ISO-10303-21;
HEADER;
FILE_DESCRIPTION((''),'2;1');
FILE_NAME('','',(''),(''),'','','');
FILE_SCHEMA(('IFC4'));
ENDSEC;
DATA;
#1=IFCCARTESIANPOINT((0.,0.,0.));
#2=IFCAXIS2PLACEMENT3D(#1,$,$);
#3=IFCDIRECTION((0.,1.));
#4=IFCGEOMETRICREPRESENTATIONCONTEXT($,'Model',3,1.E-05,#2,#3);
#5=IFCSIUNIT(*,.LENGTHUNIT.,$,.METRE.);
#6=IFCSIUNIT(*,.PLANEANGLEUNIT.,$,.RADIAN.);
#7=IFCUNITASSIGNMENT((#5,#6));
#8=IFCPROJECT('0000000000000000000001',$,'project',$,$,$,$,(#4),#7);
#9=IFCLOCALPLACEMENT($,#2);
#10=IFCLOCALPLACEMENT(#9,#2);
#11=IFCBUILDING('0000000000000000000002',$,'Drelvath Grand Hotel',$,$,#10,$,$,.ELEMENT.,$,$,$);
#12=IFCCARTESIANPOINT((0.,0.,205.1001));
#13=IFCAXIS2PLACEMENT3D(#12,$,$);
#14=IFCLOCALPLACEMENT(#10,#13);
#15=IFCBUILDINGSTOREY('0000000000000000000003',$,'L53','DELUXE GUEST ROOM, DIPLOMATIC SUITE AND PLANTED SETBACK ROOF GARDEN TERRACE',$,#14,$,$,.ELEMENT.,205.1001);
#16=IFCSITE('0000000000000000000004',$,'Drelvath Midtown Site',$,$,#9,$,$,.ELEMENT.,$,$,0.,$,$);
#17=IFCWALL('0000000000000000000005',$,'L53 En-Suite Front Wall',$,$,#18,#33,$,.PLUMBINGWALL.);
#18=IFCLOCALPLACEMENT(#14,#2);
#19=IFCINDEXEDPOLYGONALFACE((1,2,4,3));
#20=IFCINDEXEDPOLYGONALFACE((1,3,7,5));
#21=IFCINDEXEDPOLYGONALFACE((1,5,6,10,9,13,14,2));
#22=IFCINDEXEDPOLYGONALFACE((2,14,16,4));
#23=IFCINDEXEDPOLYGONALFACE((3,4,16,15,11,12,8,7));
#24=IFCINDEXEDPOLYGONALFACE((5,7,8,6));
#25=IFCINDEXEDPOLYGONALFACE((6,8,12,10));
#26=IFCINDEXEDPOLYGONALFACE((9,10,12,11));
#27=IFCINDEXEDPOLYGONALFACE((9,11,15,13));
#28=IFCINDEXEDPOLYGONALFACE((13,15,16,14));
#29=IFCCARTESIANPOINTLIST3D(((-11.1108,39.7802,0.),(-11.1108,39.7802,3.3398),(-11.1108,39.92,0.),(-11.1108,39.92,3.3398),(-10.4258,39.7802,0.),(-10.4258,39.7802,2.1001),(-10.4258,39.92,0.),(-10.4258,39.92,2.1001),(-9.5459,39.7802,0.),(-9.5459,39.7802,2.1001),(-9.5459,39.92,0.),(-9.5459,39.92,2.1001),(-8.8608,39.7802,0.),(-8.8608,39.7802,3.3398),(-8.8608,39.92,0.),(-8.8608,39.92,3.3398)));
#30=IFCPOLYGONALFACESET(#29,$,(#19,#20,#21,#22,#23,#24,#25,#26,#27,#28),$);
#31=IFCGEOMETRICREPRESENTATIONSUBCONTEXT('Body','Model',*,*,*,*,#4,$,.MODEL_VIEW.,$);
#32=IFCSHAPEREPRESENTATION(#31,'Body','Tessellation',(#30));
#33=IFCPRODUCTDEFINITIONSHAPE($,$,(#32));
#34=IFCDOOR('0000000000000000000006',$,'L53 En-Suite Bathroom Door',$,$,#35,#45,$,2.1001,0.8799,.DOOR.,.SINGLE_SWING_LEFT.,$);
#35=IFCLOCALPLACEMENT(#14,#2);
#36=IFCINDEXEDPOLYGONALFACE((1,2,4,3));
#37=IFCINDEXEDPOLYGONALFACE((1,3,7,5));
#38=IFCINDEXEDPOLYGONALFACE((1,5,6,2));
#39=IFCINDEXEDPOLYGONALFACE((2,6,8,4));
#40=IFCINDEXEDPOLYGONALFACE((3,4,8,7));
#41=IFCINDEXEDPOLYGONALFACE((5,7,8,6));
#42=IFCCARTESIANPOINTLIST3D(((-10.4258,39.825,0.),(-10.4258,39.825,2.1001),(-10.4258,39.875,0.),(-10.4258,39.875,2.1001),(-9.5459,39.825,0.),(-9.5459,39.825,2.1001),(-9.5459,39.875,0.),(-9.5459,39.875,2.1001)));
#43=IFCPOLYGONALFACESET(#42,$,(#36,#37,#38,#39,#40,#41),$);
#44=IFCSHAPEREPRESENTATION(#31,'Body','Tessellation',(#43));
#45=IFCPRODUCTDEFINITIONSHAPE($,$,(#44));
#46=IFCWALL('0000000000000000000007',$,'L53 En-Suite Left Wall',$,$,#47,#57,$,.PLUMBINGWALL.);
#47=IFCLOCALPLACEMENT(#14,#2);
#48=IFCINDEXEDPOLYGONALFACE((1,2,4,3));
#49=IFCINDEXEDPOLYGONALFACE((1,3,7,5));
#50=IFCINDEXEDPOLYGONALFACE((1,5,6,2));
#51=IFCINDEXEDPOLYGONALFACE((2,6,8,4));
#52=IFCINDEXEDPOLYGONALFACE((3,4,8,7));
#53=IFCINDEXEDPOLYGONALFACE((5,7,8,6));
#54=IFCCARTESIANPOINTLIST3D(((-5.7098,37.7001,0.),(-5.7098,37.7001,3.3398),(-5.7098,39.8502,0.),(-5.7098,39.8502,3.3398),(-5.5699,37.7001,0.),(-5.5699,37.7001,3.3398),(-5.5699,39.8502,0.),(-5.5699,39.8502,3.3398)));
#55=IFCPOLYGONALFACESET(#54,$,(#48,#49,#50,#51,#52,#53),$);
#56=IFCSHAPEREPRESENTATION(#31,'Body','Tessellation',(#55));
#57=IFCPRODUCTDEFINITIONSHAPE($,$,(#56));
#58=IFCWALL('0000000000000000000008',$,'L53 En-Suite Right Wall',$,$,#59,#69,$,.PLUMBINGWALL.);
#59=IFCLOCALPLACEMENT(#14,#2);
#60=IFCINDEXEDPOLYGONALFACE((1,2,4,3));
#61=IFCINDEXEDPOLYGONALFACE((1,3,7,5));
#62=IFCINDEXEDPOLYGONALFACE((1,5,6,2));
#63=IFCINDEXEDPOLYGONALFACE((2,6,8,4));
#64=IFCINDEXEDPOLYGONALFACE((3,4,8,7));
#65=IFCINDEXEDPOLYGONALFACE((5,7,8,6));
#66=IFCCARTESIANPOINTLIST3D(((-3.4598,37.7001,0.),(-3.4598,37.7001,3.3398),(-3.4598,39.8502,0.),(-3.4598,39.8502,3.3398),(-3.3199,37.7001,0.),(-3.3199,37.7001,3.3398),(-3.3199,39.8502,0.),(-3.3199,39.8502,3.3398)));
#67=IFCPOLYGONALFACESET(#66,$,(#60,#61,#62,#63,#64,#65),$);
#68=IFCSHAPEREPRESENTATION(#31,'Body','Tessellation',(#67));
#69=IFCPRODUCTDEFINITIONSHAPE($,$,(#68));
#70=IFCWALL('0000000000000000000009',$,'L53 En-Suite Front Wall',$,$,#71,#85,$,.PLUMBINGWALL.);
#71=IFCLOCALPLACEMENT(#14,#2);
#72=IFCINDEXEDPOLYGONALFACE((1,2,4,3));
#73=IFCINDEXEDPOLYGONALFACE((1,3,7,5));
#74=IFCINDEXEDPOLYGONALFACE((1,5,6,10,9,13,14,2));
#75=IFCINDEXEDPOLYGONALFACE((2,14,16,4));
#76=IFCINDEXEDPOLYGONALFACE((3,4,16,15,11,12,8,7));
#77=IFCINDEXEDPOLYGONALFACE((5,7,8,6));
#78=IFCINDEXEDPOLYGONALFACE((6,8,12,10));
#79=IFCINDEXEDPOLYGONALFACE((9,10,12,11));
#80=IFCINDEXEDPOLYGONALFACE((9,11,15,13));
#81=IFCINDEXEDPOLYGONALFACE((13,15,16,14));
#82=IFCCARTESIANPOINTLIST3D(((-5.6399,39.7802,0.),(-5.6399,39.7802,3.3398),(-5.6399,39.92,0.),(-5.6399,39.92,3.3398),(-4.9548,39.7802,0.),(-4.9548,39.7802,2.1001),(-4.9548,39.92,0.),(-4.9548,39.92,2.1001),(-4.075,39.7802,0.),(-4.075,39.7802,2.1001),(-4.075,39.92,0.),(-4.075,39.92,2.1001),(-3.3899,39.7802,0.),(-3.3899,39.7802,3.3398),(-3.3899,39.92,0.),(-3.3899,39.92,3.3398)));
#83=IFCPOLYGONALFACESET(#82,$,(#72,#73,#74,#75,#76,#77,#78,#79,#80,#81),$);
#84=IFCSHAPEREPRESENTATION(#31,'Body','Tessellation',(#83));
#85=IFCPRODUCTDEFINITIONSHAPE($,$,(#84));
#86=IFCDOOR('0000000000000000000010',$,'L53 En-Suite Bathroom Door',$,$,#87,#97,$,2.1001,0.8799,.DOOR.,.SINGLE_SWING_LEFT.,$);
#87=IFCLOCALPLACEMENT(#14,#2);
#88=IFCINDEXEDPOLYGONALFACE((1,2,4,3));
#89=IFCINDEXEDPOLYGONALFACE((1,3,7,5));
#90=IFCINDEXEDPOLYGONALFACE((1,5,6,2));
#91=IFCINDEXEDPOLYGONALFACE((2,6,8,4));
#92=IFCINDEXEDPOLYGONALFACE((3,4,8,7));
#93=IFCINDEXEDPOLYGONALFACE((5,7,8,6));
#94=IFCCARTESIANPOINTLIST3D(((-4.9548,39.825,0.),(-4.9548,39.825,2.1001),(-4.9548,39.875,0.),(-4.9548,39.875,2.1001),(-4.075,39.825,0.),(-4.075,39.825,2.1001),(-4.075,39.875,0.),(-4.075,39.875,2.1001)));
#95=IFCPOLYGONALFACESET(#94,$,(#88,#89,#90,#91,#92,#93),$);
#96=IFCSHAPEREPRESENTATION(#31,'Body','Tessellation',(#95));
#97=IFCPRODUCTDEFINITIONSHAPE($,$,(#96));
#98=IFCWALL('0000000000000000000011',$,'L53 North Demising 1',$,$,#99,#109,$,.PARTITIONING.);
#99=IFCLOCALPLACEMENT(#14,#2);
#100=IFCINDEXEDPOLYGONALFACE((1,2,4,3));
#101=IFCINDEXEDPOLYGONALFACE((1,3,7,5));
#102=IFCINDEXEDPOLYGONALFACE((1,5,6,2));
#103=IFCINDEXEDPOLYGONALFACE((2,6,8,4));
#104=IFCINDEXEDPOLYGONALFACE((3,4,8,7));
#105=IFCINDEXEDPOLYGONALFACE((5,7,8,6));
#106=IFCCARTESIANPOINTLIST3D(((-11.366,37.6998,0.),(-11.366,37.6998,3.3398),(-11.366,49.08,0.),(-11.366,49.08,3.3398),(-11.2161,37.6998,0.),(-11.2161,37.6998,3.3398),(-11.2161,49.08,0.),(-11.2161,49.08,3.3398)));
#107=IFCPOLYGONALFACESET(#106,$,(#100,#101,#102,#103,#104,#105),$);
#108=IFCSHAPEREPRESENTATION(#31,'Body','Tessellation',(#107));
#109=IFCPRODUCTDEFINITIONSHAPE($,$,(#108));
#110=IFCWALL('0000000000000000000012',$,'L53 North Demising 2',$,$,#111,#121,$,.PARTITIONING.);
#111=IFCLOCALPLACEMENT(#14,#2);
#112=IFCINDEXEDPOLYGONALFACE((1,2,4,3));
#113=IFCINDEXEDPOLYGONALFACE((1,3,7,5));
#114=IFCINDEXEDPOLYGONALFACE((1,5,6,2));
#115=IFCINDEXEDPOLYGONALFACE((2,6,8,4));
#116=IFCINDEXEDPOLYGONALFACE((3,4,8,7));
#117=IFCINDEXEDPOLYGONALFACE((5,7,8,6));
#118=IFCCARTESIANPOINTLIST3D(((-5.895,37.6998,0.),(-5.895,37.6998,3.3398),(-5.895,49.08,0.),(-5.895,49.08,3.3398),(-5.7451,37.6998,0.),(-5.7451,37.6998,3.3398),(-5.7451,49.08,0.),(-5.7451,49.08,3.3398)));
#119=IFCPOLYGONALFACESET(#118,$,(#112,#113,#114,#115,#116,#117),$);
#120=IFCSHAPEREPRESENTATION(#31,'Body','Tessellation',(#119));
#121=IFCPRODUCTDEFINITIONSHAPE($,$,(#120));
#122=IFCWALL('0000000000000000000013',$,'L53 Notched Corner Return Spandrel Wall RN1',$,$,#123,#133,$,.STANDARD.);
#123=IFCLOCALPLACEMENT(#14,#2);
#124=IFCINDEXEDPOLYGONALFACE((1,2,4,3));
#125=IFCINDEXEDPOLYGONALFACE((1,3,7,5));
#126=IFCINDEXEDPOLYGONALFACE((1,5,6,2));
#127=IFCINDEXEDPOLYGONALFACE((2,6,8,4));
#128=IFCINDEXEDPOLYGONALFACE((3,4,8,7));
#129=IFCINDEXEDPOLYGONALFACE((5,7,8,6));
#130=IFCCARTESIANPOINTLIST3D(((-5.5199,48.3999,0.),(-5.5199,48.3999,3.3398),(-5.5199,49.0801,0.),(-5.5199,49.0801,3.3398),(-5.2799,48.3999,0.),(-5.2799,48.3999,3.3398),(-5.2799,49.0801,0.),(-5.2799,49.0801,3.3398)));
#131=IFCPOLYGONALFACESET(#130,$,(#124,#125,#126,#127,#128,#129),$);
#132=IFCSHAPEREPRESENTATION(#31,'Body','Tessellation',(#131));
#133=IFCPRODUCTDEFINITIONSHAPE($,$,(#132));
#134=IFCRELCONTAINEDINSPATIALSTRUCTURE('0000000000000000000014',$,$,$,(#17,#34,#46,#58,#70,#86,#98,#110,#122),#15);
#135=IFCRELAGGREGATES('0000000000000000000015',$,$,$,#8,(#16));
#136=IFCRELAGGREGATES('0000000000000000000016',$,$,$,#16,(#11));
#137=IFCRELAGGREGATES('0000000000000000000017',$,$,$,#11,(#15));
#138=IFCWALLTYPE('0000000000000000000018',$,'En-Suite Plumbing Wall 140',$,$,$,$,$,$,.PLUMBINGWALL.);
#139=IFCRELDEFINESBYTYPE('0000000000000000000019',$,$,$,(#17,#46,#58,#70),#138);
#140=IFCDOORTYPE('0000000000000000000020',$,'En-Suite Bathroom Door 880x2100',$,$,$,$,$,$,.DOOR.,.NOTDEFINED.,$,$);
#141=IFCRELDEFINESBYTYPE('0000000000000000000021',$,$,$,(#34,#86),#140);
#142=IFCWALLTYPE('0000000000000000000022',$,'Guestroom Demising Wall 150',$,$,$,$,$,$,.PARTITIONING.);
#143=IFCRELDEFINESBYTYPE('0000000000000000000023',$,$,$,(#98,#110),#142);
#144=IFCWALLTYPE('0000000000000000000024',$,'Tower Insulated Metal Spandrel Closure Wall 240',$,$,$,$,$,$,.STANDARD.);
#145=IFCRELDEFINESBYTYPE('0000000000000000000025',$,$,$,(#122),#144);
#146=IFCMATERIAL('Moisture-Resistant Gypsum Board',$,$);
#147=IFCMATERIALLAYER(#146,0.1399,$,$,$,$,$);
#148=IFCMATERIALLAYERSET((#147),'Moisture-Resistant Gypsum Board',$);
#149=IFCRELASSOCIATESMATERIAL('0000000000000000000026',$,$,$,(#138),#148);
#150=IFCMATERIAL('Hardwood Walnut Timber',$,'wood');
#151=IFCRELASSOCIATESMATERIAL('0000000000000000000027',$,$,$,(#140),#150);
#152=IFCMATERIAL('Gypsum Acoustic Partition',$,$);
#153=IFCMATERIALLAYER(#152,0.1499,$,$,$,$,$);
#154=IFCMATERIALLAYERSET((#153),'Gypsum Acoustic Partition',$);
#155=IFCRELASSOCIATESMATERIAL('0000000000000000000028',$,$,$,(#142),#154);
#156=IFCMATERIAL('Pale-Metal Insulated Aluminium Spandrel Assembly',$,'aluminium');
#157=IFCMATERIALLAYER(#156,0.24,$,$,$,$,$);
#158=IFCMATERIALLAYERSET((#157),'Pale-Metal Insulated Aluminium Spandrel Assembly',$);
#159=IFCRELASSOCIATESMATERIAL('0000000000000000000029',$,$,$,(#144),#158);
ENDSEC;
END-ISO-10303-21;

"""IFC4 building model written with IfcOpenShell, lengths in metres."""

from ifc_helpers import new_model, si_unit, direction, frame, frame_2d, origin, place, context, subcontext, project, spatial, rectangle, extrude, material, layer, layer_set, type_object, element, fill, save


model = new_model("IFC4")

# Units and contexts
model_context = context("Model", 3, precision=1e-05, world=origin(), true_north=direction((0.0, 1.0)))
body_context = subcontext(model_context, "Body", "Model", "MODEL_VIEW")
ifc_project = project(units=[si_unit("LENGTHUNIT", "METRE"), si_unit("PLANEANGLEUNIT", "RADIAN")], contexts=[model_context])

# Site, building, storey
site_placement = place(None, origin())
site = spatial("IfcSite", under=ifc_project, at=site_placement, Name="Drelvath Midtown Site", CompositionType="ELEMENT", RefElevation=0.0)
building_placement = place(site_placement, origin())
building = spatial("IfcBuilding", under=site, at=building_placement, Name="Drelvath Grand Hotel", CompositionType="ELEMENT")
storey_placement = place(building_placement, frame((0.0, 0.0, 205.1001)))
storey = spatial("IfcBuildingStorey", under=building, at=storey_placement, Name="L53", Description="DELUXE GUEST ROOM, DIPLOMATIC SUITE AND PLANTED SETBACK ROOF GARDEN TERRACE", CompositionType="ELEMENT", Elevation=205.1001)

# Shared definitions
ifc_material_1 = material(Name="Moisture-Resistant Gypsum Board")
ifc_layer_1 = layer(ifc_material_1, 0.1399)
ifc_layer_set_1 = layer_set([ifc_layer_1], Name="Moisture-Resistant Gypsum Board")
wall_type_1 = type_object("IfcWallType", Name="En-Suite Plumbing Wall 140", PredefinedType="PLUMBINGWALL", material=ifc_layer_set_1)

# Wall, opening, door
wall_1_placement = place(storey_placement, frame((-11.1108, 39.8501, 0.0), z_axis=(0.0, 0.0, 1.0), x_axis=(1.0, 0.0, 0.0)))
wall_1 = element("IfcWall", 1, at=wall_1_placement, inside=storey, type_object=wall_type_1, Name="L53 En-Suite Front Wall", PredefinedType="PLUMBINGWALL", context=body_context, shape_type="SweptSolid", body=[
    extrude(rectangle(XDim=2.25, YDim=0.1399, at=frame_2d((1.125, 0.0))), origin(), (0.0, 0.0, 1.0), 3.3398),
])
opening_1_placement = place(wall_1_placement, frame((0.6851, 0.0, 0.0)))
opening_1 = element("IfcOpeningElement", 2, at=opening_1_placement, cuts=wall_1, PredefinedType="OPENING", context=body_context, shape_type="SweptSolid", body=[
    extrude(rectangle(XDim=0.8799, YDim=2.1001, at=frame_2d((0.4399, 1.05))), frame((0.0, 0.0798, 0.0), z_axis=(0.0, -1.0, 0.0), x_axis=(1.0, 0.0, 0.0)), (0.0, 0.0, 1.0), 0.1599),
])
ifc_material_2 = material(Name="Hardwood Walnut Timber", Category="wood")
door_type = type_object("IfcDoorType", Name="En-Suite Bathroom Door 880x2100", OperationType="NOTDEFINED", PredefinedType="DOOR", material=ifc_material_2)
door_1_placement = place(opening_1_placement, origin())
door_1 = element("IfcDoor", 3, at=door_1_placement, inside=storey, type_object=door_type, Name="L53 En-Suite Bathroom Door", OperationType="SINGLE_SWING_LEFT", OverallHeight=2.1001, OverallWidth=0.8799, PredefinedType="DOOR", context=body_context, shape_type="SweptSolid", body=[
    extrude(rectangle(XDim=0.8799, YDim=2.1001, at=frame_2d((0.4399, 1.05))), frame((0.0, 0.0249, 0.0), z_axis=(0.0, -1.0, 0.0), x_axis=(1.0, 0.0, 0.0)), (0.0, 0.0, 1.0), 0.05),
])
fill(opening_1, door_1)

# Walls
for number, where, z_axis, x_axis, name in (
    (4, (-5.6399, 37.7, 0.0), (0.0, 0.0, 1.0), (0.0, 1.0, 0.0), "L53 En-Suite Left Wall"),
    (5, (-3.3899, 37.7, 0.0), (0.0, 0.0, 1.0), (0.0, 1.0, 0.0), "L53 En-Suite Right Wall"),
):
    element("IfcWall", number, at=place(storey_placement, frame(where, z_axis=z_axis, x_axis=x_axis)), inside=storey, type_object=wall_type_1, Name=name, PredefinedType="PLUMBINGWALL", context=body_context, shape_type="SweptSolid", body=[
        extrude(rectangle(XDim=2.1501, YDim=0.1399, at=frame_2d((1.0752, 0.0))), origin(), (0.0, 0.0, 1.0), 3.3398),
    ])

# Wall, opening, door
wall_2_placement = place(storey_placement, frame((-5.6399, 39.8501, 0.0), z_axis=(0.0, 0.0, 1.0), x_axis=(1.0, 0.0, 0.0)))
wall_2 = element("IfcWall", 6, at=wall_2_placement, inside=storey, type_object=wall_type_1, Name="L53 En-Suite Front Wall", PredefinedType="PLUMBINGWALL", context=body_context, shape_type="SweptSolid", body=[
    extrude(rectangle(XDim=2.25, YDim=0.1399, at=frame_2d((1.125, 0.0))), origin(), (0.0, 0.0, 1.0), 3.3398),
])
opening_2_placement = place(wall_2_placement, frame((0.6851, 0.0, 0.0)))
opening_2 = element("IfcOpeningElement", 7, at=opening_2_placement, cuts=wall_2, PredefinedType="OPENING", context=body_context, shape_type="SweptSolid", body=[
    extrude(rectangle(XDim=0.8799, YDim=2.1001, at=frame_2d((0.4399, 1.05))), frame((0.0, 0.0798, 0.0), z_axis=(0.0, -1.0, 0.0), x_axis=(1.0, 0.0, 0.0)), (0.0, 0.0, 1.0), 0.1599),
])
door_2_placement = place(opening_2_placement, origin())
door_2 = element("IfcDoor", 8, at=door_2_placement, inside=storey, type_object=door_type, Name="L53 En-Suite Bathroom Door", OperationType="SINGLE_SWING_LEFT", OverallHeight=2.1001, OverallWidth=0.8799, PredefinedType="DOOR", context=body_context, shape_type="SweptSolid", body=[
    extrude(rectangle(XDim=0.8799, YDim=2.1001, at=frame_2d((0.4399, 1.05))), frame((0.0, 0.0249, 0.0), z_axis=(0.0, -1.0, 0.0), x_axis=(1.0, 0.0, 0.0)), (0.0, 0.0, 1.0), 0.05),
])
fill(opening_2, door_2)

# Walls
ifc_material_3 = material(Name="Gypsum Acoustic Partition")
ifc_layer_2 = layer(ifc_material_3, 0.1499)
ifc_layer_set_2 = layer_set([ifc_layer_2], Name="Gypsum Acoustic Partition")
wall_type_2 = type_object("IfcWallType", Name="Guestroom Demising Wall 150", PredefinedType="PARTITIONING", material=ifc_layer_set_2)
for number, where, z_axis, x_axis, name in (
    (9, (-11.291, 37.7, 0.0), (0.0, 0.0, 1.0), (0.0, 1.0, 0.0), "L53 North Demising 1"),
    (10, (-5.8201, 37.7, 0.0), (0.0, 0.0, 1.0), (0.0, 1.0, 0.0), "L53 North Demising 2"),
):
    element("IfcWall", number, at=place(storey_placement, frame(where, z_axis=z_axis, x_axis=x_axis)), inside=storey, type_object=wall_type_2, Name=name, PredefinedType="PARTITIONING", context=body_context, shape_type="SweptSolid", body=[
        extrude(rectangle(XDim=11.3801, YDim=0.1499, at=frame_2d((5.6899, 0.0))), origin(), (0.0, 0.0, 1.0), 3.3398),
    ])
ifc_material_4 = material(Name="Pale-Metal Insulated Aluminium Spandrel Assembly", Category="aluminium")
ifc_layer_3 = layer(ifc_material_4, 0.24)
ifc_layer_set_3 = layer_set([ifc_layer_3], Name="Pale-Metal Insulated Aluminium Spandrel Assembly")
wall_type_3 = type_object("IfcWallType", Name="Tower Insulated Metal Spandrel Closure Wall 240", PredefinedType="STANDARD", material=ifc_layer_set_3)
wall_3_placement = place(storey_placement, frame((-5.3999, 49.0801, 0.0), z_axis=(0.0, 0.0, 1.0), x_axis=(0.0, -1.0, 0.0)))
element("IfcWall", 11, at=wall_3_placement, inside=storey, type_object=wall_type_3, Name="L53 Notched Corner Return Spandrel Wall RN1", PredefinedType="STANDARD", context=body_context, shape_type="SweptSolid", body=[
    extrude(rectangle(XDim=0.6802, YDim=0.24, at=frame_2d((0.3401, 0.0))), origin(), (0.0, 0.0, 1.0), 3.3398),
])

save(model, "model.ifc")
